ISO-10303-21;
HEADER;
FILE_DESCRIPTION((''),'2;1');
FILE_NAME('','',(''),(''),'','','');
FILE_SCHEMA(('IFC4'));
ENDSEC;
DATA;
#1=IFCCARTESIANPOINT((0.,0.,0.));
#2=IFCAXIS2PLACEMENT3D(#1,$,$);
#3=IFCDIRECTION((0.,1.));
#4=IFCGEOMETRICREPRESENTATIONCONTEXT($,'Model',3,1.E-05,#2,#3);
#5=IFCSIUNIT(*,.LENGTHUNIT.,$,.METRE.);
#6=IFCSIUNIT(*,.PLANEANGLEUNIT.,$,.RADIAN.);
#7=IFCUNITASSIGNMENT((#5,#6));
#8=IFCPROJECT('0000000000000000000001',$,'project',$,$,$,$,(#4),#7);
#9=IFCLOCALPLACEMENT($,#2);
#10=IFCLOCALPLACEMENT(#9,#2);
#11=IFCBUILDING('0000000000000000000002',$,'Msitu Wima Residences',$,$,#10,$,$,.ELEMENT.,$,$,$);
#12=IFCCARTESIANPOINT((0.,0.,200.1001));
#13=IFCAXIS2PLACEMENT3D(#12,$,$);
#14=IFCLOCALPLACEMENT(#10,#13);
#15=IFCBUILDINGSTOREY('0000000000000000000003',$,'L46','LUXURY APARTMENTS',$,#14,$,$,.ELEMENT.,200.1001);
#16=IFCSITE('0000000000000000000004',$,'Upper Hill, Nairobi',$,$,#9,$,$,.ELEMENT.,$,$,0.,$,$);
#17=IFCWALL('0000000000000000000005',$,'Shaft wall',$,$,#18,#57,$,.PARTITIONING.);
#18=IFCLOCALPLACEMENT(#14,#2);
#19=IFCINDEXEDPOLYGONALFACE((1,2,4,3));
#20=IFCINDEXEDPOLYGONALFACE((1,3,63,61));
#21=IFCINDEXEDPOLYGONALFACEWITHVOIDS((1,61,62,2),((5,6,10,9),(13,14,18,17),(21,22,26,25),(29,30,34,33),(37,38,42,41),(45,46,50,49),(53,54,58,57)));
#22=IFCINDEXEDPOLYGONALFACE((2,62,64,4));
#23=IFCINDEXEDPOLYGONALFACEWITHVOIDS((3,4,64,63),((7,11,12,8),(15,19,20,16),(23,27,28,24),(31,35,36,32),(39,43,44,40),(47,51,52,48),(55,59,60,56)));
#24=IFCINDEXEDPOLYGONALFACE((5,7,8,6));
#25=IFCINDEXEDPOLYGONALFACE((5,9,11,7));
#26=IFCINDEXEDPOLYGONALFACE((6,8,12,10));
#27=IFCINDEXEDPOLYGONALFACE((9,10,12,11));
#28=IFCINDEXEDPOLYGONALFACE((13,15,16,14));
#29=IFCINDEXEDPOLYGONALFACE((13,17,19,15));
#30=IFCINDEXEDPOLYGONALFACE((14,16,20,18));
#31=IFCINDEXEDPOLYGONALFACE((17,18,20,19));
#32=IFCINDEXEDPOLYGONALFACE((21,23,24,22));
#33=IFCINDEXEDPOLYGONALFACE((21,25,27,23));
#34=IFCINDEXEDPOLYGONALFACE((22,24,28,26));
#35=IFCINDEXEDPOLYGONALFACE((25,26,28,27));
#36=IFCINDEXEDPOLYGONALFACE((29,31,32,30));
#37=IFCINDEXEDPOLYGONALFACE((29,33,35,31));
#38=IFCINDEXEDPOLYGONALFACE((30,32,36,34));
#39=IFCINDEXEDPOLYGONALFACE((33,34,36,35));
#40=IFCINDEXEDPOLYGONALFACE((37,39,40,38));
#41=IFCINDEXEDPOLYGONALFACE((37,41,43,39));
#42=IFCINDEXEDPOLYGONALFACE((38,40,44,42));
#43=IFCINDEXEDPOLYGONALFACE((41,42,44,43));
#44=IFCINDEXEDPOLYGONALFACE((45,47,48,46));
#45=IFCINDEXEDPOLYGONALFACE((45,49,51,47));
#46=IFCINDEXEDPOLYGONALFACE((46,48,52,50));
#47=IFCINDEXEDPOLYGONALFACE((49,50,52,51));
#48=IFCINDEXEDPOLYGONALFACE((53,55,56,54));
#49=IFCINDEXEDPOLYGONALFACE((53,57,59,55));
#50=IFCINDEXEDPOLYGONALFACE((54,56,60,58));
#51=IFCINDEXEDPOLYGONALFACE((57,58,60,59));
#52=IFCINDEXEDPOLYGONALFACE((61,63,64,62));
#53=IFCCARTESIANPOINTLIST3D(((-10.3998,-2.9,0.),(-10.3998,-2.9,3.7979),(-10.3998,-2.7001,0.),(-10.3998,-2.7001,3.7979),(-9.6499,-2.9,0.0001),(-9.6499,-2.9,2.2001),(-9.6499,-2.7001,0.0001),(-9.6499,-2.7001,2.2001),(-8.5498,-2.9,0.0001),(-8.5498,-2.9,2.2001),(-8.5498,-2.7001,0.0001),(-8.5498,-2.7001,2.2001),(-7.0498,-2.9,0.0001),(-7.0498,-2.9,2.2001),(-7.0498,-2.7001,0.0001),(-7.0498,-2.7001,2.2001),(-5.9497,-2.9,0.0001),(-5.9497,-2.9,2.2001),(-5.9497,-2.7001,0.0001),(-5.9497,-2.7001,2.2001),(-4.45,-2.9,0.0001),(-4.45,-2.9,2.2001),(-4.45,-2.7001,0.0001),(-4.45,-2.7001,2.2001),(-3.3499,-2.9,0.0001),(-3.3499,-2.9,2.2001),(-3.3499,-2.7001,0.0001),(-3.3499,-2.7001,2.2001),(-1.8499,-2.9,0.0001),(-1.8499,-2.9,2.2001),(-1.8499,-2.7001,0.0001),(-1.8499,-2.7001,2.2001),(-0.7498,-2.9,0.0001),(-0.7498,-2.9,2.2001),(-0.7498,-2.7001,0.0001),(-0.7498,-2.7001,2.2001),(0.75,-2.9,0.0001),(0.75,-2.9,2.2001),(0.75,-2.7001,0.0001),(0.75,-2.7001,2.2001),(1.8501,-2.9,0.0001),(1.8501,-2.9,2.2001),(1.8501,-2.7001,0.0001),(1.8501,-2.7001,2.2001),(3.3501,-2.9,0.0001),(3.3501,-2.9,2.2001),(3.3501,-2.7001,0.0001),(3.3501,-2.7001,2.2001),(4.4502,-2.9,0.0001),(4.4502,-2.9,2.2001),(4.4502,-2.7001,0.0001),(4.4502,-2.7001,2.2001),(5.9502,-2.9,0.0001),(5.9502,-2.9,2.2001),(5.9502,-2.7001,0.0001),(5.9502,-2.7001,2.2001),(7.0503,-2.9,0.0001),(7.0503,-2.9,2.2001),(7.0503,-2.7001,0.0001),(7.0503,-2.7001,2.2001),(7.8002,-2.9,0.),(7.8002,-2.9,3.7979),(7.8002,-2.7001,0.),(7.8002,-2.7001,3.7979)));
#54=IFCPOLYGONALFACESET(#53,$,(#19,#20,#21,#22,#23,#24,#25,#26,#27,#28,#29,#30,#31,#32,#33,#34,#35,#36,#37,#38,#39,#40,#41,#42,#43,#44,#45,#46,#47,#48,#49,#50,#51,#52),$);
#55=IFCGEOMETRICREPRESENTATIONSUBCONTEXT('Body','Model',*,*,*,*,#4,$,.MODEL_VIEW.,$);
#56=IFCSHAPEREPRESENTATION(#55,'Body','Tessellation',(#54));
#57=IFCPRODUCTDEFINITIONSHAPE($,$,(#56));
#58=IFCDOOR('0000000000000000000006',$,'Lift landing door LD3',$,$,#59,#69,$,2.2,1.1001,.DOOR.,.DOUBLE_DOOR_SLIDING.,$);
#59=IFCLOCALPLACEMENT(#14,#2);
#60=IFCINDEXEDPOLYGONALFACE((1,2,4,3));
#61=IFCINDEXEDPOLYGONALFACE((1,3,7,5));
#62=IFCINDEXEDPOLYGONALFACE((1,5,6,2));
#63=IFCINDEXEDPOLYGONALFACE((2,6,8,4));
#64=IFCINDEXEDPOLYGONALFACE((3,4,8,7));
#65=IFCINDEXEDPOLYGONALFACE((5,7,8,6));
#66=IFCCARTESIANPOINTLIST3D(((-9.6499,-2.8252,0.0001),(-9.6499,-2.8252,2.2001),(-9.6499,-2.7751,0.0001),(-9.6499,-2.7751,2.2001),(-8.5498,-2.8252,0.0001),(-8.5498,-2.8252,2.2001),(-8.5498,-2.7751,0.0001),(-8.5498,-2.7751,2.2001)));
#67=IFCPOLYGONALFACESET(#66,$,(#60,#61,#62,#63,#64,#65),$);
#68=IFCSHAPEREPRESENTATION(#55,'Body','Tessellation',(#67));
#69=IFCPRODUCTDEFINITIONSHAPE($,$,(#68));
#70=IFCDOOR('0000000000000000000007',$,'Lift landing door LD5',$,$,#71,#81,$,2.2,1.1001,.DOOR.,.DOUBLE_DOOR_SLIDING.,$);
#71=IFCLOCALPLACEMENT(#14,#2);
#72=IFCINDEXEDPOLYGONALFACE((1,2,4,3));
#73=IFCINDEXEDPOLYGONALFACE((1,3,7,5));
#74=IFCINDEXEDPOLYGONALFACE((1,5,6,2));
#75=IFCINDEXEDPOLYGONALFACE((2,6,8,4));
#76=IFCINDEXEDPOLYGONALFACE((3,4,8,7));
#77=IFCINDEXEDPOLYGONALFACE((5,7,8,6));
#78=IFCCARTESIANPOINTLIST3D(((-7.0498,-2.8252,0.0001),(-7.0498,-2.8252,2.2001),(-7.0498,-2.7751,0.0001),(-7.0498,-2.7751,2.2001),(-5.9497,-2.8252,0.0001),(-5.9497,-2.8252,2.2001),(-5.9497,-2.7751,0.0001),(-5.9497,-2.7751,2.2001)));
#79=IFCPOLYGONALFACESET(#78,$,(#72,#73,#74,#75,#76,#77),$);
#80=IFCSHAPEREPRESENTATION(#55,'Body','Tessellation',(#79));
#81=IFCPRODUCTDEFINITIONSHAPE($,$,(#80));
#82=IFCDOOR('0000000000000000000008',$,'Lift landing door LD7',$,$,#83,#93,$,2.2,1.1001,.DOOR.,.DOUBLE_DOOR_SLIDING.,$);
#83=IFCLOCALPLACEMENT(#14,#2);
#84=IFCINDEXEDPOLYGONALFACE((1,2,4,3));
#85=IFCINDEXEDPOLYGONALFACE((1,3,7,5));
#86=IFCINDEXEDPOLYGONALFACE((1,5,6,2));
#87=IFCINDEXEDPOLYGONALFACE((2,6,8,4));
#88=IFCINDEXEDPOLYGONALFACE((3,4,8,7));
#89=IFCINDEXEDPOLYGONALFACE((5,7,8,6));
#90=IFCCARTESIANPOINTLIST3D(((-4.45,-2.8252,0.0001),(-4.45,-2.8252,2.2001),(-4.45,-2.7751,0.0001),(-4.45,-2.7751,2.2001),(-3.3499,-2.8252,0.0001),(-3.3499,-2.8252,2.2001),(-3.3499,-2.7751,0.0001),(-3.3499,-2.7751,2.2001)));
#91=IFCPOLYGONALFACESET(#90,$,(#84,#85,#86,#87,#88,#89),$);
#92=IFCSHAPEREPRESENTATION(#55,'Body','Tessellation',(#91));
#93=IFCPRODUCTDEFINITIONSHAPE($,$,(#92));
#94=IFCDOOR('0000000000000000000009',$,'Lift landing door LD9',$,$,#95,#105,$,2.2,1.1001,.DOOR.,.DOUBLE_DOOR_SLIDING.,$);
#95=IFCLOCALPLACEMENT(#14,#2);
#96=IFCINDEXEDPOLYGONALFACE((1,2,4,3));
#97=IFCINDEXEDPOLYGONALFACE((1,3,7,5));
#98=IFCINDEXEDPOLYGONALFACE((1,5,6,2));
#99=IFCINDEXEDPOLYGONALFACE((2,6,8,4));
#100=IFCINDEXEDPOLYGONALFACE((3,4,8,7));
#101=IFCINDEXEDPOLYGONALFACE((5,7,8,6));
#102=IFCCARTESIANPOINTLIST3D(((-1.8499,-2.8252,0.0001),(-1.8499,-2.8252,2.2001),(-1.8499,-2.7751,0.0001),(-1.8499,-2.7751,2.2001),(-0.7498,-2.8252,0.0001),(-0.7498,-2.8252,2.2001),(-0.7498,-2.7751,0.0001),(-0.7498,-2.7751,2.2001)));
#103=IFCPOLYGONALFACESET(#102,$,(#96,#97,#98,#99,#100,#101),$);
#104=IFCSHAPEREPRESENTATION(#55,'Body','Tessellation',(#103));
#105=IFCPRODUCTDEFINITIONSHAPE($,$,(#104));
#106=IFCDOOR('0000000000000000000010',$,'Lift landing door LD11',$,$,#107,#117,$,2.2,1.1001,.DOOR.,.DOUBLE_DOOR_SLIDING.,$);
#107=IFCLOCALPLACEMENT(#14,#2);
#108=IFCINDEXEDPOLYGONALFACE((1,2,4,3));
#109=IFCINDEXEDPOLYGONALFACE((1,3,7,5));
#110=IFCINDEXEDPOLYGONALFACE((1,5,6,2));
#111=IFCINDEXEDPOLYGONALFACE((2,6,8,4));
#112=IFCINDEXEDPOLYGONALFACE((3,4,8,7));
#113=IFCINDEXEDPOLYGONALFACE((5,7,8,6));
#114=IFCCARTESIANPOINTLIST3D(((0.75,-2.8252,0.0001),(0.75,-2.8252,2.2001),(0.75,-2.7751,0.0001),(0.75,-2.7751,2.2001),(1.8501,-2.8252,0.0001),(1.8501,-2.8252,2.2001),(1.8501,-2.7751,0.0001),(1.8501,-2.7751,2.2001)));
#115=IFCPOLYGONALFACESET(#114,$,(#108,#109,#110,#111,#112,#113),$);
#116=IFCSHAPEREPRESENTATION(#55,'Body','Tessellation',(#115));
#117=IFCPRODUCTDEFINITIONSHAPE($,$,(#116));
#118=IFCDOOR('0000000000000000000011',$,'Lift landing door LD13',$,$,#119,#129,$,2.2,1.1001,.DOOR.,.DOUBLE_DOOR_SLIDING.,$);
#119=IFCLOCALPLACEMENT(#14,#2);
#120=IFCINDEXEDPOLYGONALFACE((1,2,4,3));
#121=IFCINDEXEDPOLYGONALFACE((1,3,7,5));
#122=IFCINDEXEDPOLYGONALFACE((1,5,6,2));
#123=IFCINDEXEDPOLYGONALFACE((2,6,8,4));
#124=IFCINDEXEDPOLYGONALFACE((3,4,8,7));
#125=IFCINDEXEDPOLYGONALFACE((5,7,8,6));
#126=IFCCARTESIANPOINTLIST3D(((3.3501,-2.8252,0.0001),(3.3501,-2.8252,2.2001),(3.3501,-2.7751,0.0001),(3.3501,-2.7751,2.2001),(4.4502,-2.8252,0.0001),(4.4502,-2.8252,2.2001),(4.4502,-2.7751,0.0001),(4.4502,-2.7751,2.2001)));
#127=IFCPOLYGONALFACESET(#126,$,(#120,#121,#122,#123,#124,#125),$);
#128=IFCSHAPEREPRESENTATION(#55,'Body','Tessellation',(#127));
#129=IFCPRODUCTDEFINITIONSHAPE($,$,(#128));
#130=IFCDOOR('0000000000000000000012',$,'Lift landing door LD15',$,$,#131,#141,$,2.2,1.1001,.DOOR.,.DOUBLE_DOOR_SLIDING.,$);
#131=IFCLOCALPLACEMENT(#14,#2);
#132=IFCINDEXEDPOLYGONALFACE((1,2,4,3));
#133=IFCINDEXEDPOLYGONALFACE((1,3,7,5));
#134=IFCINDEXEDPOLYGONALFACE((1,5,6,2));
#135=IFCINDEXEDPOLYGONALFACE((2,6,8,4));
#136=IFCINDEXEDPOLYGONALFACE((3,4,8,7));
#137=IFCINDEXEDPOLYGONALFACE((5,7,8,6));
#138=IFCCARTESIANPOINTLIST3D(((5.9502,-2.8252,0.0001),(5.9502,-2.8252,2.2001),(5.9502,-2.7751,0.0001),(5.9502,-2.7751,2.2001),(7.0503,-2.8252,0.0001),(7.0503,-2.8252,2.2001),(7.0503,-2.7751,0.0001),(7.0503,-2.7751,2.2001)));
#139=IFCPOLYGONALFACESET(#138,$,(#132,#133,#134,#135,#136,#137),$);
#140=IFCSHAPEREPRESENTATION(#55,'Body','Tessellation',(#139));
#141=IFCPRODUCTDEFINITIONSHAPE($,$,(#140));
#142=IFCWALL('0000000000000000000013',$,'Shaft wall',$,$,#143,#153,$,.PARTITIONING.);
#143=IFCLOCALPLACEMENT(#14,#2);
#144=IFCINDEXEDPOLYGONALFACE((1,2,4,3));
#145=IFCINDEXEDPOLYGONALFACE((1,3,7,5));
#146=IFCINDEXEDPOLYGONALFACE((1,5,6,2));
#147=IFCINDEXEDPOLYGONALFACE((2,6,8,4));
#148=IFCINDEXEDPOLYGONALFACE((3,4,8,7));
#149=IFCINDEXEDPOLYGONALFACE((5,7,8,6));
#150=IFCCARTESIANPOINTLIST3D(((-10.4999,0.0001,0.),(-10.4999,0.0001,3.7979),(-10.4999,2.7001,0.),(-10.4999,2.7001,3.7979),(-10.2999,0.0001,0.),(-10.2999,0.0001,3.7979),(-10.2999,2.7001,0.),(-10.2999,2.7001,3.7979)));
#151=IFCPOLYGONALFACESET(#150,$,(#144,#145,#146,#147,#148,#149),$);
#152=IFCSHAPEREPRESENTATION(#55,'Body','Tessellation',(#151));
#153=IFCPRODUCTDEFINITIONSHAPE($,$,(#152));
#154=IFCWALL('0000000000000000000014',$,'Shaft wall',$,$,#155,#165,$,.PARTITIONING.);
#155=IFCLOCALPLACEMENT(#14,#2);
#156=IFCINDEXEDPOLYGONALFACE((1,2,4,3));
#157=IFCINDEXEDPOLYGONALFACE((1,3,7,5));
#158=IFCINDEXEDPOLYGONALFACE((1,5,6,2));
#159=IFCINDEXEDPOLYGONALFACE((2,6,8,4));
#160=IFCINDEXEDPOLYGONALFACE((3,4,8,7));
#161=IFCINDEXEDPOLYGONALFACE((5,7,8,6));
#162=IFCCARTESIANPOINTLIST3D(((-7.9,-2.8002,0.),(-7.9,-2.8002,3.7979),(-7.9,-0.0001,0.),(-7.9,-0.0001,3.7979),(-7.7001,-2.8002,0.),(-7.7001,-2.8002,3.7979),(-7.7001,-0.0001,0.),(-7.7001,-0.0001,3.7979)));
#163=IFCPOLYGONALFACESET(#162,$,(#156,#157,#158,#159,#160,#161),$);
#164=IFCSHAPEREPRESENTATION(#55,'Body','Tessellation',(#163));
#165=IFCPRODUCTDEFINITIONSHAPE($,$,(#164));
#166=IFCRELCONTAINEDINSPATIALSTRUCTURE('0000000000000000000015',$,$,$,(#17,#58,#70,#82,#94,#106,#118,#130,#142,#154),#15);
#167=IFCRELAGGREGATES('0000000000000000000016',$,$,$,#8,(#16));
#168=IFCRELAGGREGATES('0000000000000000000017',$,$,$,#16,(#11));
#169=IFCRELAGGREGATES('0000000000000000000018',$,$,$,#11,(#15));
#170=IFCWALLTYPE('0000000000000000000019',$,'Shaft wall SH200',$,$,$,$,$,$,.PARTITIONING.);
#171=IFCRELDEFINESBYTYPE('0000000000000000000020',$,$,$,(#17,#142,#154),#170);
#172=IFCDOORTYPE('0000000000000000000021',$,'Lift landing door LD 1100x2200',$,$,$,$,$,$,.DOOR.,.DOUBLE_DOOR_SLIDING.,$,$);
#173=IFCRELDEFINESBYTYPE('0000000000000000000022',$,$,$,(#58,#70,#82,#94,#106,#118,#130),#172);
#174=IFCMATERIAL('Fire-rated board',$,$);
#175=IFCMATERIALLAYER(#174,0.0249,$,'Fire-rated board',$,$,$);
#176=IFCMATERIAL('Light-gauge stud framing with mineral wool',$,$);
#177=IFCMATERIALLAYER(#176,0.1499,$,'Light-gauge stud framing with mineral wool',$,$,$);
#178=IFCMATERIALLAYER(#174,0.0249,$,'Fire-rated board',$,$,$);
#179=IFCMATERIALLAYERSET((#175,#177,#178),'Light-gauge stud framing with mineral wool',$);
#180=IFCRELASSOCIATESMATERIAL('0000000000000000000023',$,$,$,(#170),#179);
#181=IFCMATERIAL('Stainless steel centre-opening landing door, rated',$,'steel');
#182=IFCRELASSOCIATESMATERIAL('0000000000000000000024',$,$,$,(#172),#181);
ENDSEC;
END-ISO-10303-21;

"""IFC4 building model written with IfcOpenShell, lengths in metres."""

from ifc_helpers import new_model, si_unit, direction, frame, frame_2d, origin, place, context, subcontext, project, spatial, rectangle, extrude, material, layer, layer_set, type_object, element, fill, save


model = new_model("IFC4")

# Units and contexts
model_context = context("Model", 3, precision=1e-05, world=origin(), true_north=direction((0.0, 1.0)))
body_context = subcontext(model_context, "Body", "Model", "MODEL_VIEW")
ifc_project = project(units=[si_unit("LENGTHUNIT", "METRE"), si_unit("PLANEANGLEUNIT", "RADIAN")], contexts=[model_context])

# Site, building, storey
site_placement = place(None, origin())
site = spatial("IfcSite", under=ifc_project, at=site_placement, Name="Upper Hill, Nairobi", CompositionType="ELEMENT", RefElevation=0.0)
building_placement = place(site_placement, origin())
building = spatial("IfcBuilding", under=site, at=building_placement, Name="Msitu Wima Residences", CompositionType="ELEMENT")
storey_placement = place(building_placement, frame((0.0, 0.0, 200.1001)))
storey = spatial("IfcBuildingStorey", under=building, at=storey_placement, Name="L46", Description="LUXURY APARTMENTS", CompositionType="ELEMENT", Elevation=200.1001)

# Shared definitions
ifc_material_1 = material(Name="Fire-rated board")
ifc_layer_1 = layer(ifc_material_1, 0.0249, Name="Fire-rated board")
ifc_material_2 = material(Name="Light-gauge stud framing with mineral wool")
ifc_layer_2 = layer(ifc_material_2, 0.1499, Name="Light-gauge stud framing with mineral wool")
ifc_layer_3 = layer(ifc_material_1, 0.0249, Name="Fire-rated board")
ifc_layer_set_1 = layer_set([ifc_layer_1, ifc_layer_2, ifc_layer_3], Name="Light-gauge stud framing with mineral wool")
wall_type_1 = type_object("IfcWallType", Name="Shaft wall SH200", PredefinedType="PARTITIONING", material=ifc_layer_set_1)

# Wall, openings, doors
wall_1_placement = place(storey_placement, frame((-10.3999, -2.8, 0.0), z_axis=(0.0, 0.0, 1.0), x_axis=(1.0, 0.0, 0.0)))
wall_1 = element("IfcWall", 1, at=wall_1_placement, inside=storey, type_object=wall_type_1, Name="Shaft wall", PredefinedType="PARTITIONING", context=body_context, shape_type="SweptSolid", body=[
    extrude(rectangle(XDim=18.2, YDim=0.2, at=frame_2d((9.1001, 0.0))), origin(), (0.0, 0.0, 1.0), 3.7979),
])
opening_1_placement = place(wall_1_placement, frame((0.75, 0.0, 0.0)))
opening_1 = element("IfcOpeningElement", 2, at=opening_1_placement, cuts=wall_1, PredefinedType="OPENING", context=body_context, shape_type="SweptSolid", body=[
    extrude(rectangle(XDim=1.1001, YDim=2.2, at=frame_2d((0.55, 1.1001))), frame((0.0, 0.1099, 0.0), z_axis=(0.0, -1.0, 0.0), x_axis=(1.0, 0.0, 0.0)), (0.0, 0.0, 1.0), 0.22),
])
opening_2_placement = place(wall_1_placement, frame((3.3501, 0.0, 0.0)))
opening_2 = element("IfcOpeningElement", 3, at=opening_2_placement, cuts=wall_1, PredefinedType="OPENING", context=body_context, shape_type="SweptSolid", body=[
    extrude(rectangle(XDim=1.1001, YDim=2.2, at=frame_2d((0.55, 1.1001))), frame((0.0, 0.1099, 0.0), z_axis=(0.0, -1.0, 0.0), x_axis=(1.0, 0.0, 0.0)), (0.0, 0.0, 1.0), 0.22),
])
opening_3_placement = place(wall_1_placement, frame((5.95, 0.0, 0.0)))
opening_3 = element("IfcOpeningElement", 4, at=opening_3_placement, cuts=wall_1, PredefinedType="OPENING", context=body_context, shape_type="SweptSolid", body=[
    extrude(rectangle(XDim=1.1001, YDim=2.2, at=frame_2d((0.55, 1.1001))), frame((0.0, 0.1099, 0.0), z_axis=(0.0, -1.0, 0.0), x_axis=(1.0, 0.0, 0.0)), (0.0, 0.0, 1.0), 0.22),
])
opening_4_placement = place(wall_1_placement, frame((8.55, 0.0, 0.0)))
opening_4 = element("IfcOpeningElement", 5, at=opening_4_placement, cuts=wall_1, PredefinedType="OPENING", context=body_context, shape_type="SweptSolid", body=[
    extrude(rectangle(XDim=1.1001, YDim=2.2, at=frame_2d((0.55, 1.1001))), frame((0.0, 0.1099, 0.0), z_axis=(0.0, -1.0, 0.0), x_axis=(1.0, 0.0, 0.0)), (0.0, 0.0, 1.0), 0.22),
])
opening_5_placement = place(wall_1_placement, frame((11.1499, 0.0, 0.0)))
opening_5 = element("IfcOpeningElement", 6, at=opening_5_placement, cuts=wall_1, PredefinedType="OPENING", context=body_context, shape_type="SweptSolid", body=[
    extrude(rectangle(XDim=1.1001, YDim=2.2, at=frame_2d((0.55, 1.1001))), frame((0.0, 0.1099, 0.0), z_axis=(0.0, -1.0, 0.0), x_axis=(1.0, 0.0, 0.0)), (0.0, 0.0, 1.0), 0.22),
])
opening_6_placement = place(wall_1_placement, frame((13.75, 0.0, 0.0)))
opening_6 = element("IfcOpeningElement", 7, at=opening_6_placement, cuts=wall_1, PredefinedType="OPENING", context=body_context, shape_type="SweptSolid", body=[
    extrude(rectangle(XDim=1.1001, YDim=2.2, at=frame_2d((0.55, 1.1001))), frame((0.0, 0.1099, 0.0), z_axis=(0.0, -1.0, 0.0), x_axis=(1.0, 0.0, 0.0)), (0.0, 0.0, 1.0), 0.22),
])
opening_7_placement = place(wall_1_placement, frame((16.3501, 0.0, 0.0)))
opening_7 = element("IfcOpeningElement", 8, at=opening_7_placement, cuts=wall_1, PredefinedType="OPENING", context=body_context, shape_type="SweptSolid", body=[
    extrude(rectangle(XDim=1.1001, YDim=2.2, at=frame_2d((0.55, 1.1001))), frame((0.0, 0.1099, 0.0), z_axis=(0.0, -1.0, 0.0), x_axis=(1.0, 0.0, 0.0)), (0.0, 0.0, 1.0), 0.22),
])
ifc_material_3 = material(Name="Stainless steel centre-opening landing door, rated", Category="steel")
door_type_1 = type_object("IfcDoorType", Name="Lift landing door LD 1100x2200", OperationType="DOUBLE_DOOR_SLIDING", PredefinedType="DOOR", material=ifc_material_3)
door_1_placement = place(opening_1_placement, origin())
door_1 = element("IfcDoor", 9, at=door_1_placement, inside=storey, type_object=door_type_1, Name="Lift landing door LD3", OperationType="DOUBLE_DOOR_SLIDING", OverallHeight=2.2, OverallWidth=1.1001, PredefinedType="DOOR", context=body_context, shape_type="SweptSolid", body=[
    extrude(rectangle(XDim=1.1001, YDim=2.2, at=frame_2d((0.55, 1.1001))), frame((0.0, 0.0249, 0.0), z_axis=(0.0, -1.0, 0.0), x_axis=(1.0, 0.0, 0.0)), (0.0, 0.0, 1.0), 0.05),
])
fill(opening_1, door_1)
door_2_placement = place(opening_2_placement, origin())
door_2 = element("IfcDoor", 10, at=door_2_placement, inside=storey, type_object=door_type_1, Name="Lift landing door LD5", OperationType="DOUBLE_DOOR_SLIDING", OverallHeight=2.2, OverallWidth=1.1001, PredefinedType="DOOR", context=body_context, shape_type="SweptSolid", body=[
    extrude(rectangle(XDim=1.1001, YDim=2.2, at=frame_2d((0.55, 1.1001))), frame((0.0, 0.0249, 0.0), z_axis=(0.0, -1.0, 0.0), x_axis=(1.0, 0.0, 0.0)), (0.0, 0.0, 1.0), 0.05),
])
fill(opening_2, door_2)
door_3_placement = place(opening_3_placement, origin())
door_3 = element("IfcDoor", 11, at=door_3_placement, inside=storey, type_object=door_type_1, Name="Lift landing door LD7", OperationType="DOUBLE_DOOR_SLIDING", OverallHeight=2.2, OverallWidth=1.1001, PredefinedType="DOOR", context=body_context, shape_type="SweptSolid", body=[
    extrude(rectangle(XDim=1.1001, YDim=2.2, at=frame_2d((0.55, 1.1001))), frame((0.0, 0.0249, 0.0), z_axis=(0.0, -1.0, 0.0), x_axis=(1.0, 0.0, 0.0)), (0.0, 0.0, 1.0), 0.05),
])
fill(opening_3, door_3)
door_4_placement = place(opening_4_placement, origin())
door_4 = element("IfcDoor", 12, at=door_4_placement, inside=storey, type_object=door_type_1, Name="Lift landing door LD9", OperationType="DOUBLE_DOOR_SLIDING", OverallHeight=2.2, OverallWidth=1.1001, PredefinedType="DOOR", context=body_context, shape_type="SweptSolid", body=[
    extrude(rectangle(XDim=1.1001, YDim=2.2, at=frame_2d((0.55, 1.1001))), frame((0.0, 0.0249, 0.0), z_axis=(0.0, -1.0, 0.0), x_axis=(1.0, 0.0, 0.0)), (0.0, 0.0, 1.0), 0.05),
])
fill(opening_4, door_4)
door_5_placement = place(opening_5_placement, origin())
door_5 = element("IfcDoor", 13, at=door_5_placement, inside=storey, type_object=door_type_1, Name="Lift landing door LD11", OperationType="DOUBLE_DOOR_SLIDING", OverallHeight=2.2, OverallWidth=1.1001, PredefinedType="DOOR", context=body_context, shape_type="SweptSolid", body=[
    extrude(rectangle(XDim=1.1001, YDim=2.2, at=frame_2d((0.55, 1.1001))), frame((0.0, 0.0249, 0.0), z_axis=(0.0, -1.0, 0.0), x_axis=(1.0, 0.0, 0.0)), (0.0, 0.0, 1.0), 0.05),
])
fill(opening_5, door_5)
door_6_placement = place(opening_6_placement, origin())
door_6 = element("IfcDoor", 14, at=door_6_placement, inside=storey, type_object=door_type_1, Name="Lift landing door LD13", OperationType="DOUBLE_DOOR_SLIDING", OverallHeight=2.2, OverallWidth=1.1001, PredefinedType="DOOR", context=body_context, shape_type="SweptSolid", body=[
    extrude(rectangle(XDim=1.1001, YDim=2.2, at=frame_2d((0.55, 1.1001))), frame((0.0, 0.0249, 0.0), z_axis=(0.0, -1.0, 0.0), x_axis=(1.0, 0.0, 0.0)), (0.0, 0.0, 1.0), 0.05),
])
fill(opening_6, door_6)
door_7_placement = place(opening_7_placement, origin())
door_7 = element("IfcDoor", 15, at=door_7_placement, inside=storey, type_object=door_type_1, Name="Lift landing door LD15", OperationType="DOUBLE_DOOR_SLIDING", OverallHeight=2.2, OverallWidth=1.1001, PredefinedType="DOOR", context=body_context, shape_type="SweptSolid", body=[
    extrude(rectangle(XDim=1.1001, YDim=2.2, at=frame_2d((0.55, 1.1001))), frame((0.0, 0.0249, 0.0), z_axis=(0.0, -1.0, 0.0), x_axis=(1.0, 0.0, 0.0)), (0.0, 0.0, 1.0), 0.05),
])
fill(opening_7, door_7)

# Walls
wall_2_placement = place(storey_placement, frame((-10.3999, 0.0, 0.0), z_axis=(0.0, 0.0, 1.0), x_axis=(0.0, 1.0, 0.0)))
element("IfcWall", 16, at=wall_2_placement, inside=storey, type_object=wall_type_1, Name="Shaft wall", PredefinedType="PARTITIONING", context=body_context, shape_type="SweptSolid", body=[
    extrude(rectangle(XDim=2.7, YDim=0.2, at=frame_2d((1.3501, 0.0))), origin(), (0.0, 0.0, 1.0), 3.7979),
])
for number, where, z_axis, x_axis, name in (
    (17, (-7.8, -2.8, 0.0), (0.0, 0.0, 1.0), (0.0, 1.0, 0.0), "Shaft wall"),
):
    element("IfcWall", number, at=place(storey_placement, frame(where, z_axis=z_axis, x_axis=x_axis)), inside=storey, type_object=wall_type_1, Name=name, PredefinedType="PARTITIONING", context=body_context, shape_type="SweptSolid", body=[
        extrude(rectangle(XDim=2.8, YDim=0.2, at=frame_2d((1.3999, 0.0))), origin(), (0.0, 0.0, 1.0), 3.7979),
    ])

save(model, "model.ifc")
